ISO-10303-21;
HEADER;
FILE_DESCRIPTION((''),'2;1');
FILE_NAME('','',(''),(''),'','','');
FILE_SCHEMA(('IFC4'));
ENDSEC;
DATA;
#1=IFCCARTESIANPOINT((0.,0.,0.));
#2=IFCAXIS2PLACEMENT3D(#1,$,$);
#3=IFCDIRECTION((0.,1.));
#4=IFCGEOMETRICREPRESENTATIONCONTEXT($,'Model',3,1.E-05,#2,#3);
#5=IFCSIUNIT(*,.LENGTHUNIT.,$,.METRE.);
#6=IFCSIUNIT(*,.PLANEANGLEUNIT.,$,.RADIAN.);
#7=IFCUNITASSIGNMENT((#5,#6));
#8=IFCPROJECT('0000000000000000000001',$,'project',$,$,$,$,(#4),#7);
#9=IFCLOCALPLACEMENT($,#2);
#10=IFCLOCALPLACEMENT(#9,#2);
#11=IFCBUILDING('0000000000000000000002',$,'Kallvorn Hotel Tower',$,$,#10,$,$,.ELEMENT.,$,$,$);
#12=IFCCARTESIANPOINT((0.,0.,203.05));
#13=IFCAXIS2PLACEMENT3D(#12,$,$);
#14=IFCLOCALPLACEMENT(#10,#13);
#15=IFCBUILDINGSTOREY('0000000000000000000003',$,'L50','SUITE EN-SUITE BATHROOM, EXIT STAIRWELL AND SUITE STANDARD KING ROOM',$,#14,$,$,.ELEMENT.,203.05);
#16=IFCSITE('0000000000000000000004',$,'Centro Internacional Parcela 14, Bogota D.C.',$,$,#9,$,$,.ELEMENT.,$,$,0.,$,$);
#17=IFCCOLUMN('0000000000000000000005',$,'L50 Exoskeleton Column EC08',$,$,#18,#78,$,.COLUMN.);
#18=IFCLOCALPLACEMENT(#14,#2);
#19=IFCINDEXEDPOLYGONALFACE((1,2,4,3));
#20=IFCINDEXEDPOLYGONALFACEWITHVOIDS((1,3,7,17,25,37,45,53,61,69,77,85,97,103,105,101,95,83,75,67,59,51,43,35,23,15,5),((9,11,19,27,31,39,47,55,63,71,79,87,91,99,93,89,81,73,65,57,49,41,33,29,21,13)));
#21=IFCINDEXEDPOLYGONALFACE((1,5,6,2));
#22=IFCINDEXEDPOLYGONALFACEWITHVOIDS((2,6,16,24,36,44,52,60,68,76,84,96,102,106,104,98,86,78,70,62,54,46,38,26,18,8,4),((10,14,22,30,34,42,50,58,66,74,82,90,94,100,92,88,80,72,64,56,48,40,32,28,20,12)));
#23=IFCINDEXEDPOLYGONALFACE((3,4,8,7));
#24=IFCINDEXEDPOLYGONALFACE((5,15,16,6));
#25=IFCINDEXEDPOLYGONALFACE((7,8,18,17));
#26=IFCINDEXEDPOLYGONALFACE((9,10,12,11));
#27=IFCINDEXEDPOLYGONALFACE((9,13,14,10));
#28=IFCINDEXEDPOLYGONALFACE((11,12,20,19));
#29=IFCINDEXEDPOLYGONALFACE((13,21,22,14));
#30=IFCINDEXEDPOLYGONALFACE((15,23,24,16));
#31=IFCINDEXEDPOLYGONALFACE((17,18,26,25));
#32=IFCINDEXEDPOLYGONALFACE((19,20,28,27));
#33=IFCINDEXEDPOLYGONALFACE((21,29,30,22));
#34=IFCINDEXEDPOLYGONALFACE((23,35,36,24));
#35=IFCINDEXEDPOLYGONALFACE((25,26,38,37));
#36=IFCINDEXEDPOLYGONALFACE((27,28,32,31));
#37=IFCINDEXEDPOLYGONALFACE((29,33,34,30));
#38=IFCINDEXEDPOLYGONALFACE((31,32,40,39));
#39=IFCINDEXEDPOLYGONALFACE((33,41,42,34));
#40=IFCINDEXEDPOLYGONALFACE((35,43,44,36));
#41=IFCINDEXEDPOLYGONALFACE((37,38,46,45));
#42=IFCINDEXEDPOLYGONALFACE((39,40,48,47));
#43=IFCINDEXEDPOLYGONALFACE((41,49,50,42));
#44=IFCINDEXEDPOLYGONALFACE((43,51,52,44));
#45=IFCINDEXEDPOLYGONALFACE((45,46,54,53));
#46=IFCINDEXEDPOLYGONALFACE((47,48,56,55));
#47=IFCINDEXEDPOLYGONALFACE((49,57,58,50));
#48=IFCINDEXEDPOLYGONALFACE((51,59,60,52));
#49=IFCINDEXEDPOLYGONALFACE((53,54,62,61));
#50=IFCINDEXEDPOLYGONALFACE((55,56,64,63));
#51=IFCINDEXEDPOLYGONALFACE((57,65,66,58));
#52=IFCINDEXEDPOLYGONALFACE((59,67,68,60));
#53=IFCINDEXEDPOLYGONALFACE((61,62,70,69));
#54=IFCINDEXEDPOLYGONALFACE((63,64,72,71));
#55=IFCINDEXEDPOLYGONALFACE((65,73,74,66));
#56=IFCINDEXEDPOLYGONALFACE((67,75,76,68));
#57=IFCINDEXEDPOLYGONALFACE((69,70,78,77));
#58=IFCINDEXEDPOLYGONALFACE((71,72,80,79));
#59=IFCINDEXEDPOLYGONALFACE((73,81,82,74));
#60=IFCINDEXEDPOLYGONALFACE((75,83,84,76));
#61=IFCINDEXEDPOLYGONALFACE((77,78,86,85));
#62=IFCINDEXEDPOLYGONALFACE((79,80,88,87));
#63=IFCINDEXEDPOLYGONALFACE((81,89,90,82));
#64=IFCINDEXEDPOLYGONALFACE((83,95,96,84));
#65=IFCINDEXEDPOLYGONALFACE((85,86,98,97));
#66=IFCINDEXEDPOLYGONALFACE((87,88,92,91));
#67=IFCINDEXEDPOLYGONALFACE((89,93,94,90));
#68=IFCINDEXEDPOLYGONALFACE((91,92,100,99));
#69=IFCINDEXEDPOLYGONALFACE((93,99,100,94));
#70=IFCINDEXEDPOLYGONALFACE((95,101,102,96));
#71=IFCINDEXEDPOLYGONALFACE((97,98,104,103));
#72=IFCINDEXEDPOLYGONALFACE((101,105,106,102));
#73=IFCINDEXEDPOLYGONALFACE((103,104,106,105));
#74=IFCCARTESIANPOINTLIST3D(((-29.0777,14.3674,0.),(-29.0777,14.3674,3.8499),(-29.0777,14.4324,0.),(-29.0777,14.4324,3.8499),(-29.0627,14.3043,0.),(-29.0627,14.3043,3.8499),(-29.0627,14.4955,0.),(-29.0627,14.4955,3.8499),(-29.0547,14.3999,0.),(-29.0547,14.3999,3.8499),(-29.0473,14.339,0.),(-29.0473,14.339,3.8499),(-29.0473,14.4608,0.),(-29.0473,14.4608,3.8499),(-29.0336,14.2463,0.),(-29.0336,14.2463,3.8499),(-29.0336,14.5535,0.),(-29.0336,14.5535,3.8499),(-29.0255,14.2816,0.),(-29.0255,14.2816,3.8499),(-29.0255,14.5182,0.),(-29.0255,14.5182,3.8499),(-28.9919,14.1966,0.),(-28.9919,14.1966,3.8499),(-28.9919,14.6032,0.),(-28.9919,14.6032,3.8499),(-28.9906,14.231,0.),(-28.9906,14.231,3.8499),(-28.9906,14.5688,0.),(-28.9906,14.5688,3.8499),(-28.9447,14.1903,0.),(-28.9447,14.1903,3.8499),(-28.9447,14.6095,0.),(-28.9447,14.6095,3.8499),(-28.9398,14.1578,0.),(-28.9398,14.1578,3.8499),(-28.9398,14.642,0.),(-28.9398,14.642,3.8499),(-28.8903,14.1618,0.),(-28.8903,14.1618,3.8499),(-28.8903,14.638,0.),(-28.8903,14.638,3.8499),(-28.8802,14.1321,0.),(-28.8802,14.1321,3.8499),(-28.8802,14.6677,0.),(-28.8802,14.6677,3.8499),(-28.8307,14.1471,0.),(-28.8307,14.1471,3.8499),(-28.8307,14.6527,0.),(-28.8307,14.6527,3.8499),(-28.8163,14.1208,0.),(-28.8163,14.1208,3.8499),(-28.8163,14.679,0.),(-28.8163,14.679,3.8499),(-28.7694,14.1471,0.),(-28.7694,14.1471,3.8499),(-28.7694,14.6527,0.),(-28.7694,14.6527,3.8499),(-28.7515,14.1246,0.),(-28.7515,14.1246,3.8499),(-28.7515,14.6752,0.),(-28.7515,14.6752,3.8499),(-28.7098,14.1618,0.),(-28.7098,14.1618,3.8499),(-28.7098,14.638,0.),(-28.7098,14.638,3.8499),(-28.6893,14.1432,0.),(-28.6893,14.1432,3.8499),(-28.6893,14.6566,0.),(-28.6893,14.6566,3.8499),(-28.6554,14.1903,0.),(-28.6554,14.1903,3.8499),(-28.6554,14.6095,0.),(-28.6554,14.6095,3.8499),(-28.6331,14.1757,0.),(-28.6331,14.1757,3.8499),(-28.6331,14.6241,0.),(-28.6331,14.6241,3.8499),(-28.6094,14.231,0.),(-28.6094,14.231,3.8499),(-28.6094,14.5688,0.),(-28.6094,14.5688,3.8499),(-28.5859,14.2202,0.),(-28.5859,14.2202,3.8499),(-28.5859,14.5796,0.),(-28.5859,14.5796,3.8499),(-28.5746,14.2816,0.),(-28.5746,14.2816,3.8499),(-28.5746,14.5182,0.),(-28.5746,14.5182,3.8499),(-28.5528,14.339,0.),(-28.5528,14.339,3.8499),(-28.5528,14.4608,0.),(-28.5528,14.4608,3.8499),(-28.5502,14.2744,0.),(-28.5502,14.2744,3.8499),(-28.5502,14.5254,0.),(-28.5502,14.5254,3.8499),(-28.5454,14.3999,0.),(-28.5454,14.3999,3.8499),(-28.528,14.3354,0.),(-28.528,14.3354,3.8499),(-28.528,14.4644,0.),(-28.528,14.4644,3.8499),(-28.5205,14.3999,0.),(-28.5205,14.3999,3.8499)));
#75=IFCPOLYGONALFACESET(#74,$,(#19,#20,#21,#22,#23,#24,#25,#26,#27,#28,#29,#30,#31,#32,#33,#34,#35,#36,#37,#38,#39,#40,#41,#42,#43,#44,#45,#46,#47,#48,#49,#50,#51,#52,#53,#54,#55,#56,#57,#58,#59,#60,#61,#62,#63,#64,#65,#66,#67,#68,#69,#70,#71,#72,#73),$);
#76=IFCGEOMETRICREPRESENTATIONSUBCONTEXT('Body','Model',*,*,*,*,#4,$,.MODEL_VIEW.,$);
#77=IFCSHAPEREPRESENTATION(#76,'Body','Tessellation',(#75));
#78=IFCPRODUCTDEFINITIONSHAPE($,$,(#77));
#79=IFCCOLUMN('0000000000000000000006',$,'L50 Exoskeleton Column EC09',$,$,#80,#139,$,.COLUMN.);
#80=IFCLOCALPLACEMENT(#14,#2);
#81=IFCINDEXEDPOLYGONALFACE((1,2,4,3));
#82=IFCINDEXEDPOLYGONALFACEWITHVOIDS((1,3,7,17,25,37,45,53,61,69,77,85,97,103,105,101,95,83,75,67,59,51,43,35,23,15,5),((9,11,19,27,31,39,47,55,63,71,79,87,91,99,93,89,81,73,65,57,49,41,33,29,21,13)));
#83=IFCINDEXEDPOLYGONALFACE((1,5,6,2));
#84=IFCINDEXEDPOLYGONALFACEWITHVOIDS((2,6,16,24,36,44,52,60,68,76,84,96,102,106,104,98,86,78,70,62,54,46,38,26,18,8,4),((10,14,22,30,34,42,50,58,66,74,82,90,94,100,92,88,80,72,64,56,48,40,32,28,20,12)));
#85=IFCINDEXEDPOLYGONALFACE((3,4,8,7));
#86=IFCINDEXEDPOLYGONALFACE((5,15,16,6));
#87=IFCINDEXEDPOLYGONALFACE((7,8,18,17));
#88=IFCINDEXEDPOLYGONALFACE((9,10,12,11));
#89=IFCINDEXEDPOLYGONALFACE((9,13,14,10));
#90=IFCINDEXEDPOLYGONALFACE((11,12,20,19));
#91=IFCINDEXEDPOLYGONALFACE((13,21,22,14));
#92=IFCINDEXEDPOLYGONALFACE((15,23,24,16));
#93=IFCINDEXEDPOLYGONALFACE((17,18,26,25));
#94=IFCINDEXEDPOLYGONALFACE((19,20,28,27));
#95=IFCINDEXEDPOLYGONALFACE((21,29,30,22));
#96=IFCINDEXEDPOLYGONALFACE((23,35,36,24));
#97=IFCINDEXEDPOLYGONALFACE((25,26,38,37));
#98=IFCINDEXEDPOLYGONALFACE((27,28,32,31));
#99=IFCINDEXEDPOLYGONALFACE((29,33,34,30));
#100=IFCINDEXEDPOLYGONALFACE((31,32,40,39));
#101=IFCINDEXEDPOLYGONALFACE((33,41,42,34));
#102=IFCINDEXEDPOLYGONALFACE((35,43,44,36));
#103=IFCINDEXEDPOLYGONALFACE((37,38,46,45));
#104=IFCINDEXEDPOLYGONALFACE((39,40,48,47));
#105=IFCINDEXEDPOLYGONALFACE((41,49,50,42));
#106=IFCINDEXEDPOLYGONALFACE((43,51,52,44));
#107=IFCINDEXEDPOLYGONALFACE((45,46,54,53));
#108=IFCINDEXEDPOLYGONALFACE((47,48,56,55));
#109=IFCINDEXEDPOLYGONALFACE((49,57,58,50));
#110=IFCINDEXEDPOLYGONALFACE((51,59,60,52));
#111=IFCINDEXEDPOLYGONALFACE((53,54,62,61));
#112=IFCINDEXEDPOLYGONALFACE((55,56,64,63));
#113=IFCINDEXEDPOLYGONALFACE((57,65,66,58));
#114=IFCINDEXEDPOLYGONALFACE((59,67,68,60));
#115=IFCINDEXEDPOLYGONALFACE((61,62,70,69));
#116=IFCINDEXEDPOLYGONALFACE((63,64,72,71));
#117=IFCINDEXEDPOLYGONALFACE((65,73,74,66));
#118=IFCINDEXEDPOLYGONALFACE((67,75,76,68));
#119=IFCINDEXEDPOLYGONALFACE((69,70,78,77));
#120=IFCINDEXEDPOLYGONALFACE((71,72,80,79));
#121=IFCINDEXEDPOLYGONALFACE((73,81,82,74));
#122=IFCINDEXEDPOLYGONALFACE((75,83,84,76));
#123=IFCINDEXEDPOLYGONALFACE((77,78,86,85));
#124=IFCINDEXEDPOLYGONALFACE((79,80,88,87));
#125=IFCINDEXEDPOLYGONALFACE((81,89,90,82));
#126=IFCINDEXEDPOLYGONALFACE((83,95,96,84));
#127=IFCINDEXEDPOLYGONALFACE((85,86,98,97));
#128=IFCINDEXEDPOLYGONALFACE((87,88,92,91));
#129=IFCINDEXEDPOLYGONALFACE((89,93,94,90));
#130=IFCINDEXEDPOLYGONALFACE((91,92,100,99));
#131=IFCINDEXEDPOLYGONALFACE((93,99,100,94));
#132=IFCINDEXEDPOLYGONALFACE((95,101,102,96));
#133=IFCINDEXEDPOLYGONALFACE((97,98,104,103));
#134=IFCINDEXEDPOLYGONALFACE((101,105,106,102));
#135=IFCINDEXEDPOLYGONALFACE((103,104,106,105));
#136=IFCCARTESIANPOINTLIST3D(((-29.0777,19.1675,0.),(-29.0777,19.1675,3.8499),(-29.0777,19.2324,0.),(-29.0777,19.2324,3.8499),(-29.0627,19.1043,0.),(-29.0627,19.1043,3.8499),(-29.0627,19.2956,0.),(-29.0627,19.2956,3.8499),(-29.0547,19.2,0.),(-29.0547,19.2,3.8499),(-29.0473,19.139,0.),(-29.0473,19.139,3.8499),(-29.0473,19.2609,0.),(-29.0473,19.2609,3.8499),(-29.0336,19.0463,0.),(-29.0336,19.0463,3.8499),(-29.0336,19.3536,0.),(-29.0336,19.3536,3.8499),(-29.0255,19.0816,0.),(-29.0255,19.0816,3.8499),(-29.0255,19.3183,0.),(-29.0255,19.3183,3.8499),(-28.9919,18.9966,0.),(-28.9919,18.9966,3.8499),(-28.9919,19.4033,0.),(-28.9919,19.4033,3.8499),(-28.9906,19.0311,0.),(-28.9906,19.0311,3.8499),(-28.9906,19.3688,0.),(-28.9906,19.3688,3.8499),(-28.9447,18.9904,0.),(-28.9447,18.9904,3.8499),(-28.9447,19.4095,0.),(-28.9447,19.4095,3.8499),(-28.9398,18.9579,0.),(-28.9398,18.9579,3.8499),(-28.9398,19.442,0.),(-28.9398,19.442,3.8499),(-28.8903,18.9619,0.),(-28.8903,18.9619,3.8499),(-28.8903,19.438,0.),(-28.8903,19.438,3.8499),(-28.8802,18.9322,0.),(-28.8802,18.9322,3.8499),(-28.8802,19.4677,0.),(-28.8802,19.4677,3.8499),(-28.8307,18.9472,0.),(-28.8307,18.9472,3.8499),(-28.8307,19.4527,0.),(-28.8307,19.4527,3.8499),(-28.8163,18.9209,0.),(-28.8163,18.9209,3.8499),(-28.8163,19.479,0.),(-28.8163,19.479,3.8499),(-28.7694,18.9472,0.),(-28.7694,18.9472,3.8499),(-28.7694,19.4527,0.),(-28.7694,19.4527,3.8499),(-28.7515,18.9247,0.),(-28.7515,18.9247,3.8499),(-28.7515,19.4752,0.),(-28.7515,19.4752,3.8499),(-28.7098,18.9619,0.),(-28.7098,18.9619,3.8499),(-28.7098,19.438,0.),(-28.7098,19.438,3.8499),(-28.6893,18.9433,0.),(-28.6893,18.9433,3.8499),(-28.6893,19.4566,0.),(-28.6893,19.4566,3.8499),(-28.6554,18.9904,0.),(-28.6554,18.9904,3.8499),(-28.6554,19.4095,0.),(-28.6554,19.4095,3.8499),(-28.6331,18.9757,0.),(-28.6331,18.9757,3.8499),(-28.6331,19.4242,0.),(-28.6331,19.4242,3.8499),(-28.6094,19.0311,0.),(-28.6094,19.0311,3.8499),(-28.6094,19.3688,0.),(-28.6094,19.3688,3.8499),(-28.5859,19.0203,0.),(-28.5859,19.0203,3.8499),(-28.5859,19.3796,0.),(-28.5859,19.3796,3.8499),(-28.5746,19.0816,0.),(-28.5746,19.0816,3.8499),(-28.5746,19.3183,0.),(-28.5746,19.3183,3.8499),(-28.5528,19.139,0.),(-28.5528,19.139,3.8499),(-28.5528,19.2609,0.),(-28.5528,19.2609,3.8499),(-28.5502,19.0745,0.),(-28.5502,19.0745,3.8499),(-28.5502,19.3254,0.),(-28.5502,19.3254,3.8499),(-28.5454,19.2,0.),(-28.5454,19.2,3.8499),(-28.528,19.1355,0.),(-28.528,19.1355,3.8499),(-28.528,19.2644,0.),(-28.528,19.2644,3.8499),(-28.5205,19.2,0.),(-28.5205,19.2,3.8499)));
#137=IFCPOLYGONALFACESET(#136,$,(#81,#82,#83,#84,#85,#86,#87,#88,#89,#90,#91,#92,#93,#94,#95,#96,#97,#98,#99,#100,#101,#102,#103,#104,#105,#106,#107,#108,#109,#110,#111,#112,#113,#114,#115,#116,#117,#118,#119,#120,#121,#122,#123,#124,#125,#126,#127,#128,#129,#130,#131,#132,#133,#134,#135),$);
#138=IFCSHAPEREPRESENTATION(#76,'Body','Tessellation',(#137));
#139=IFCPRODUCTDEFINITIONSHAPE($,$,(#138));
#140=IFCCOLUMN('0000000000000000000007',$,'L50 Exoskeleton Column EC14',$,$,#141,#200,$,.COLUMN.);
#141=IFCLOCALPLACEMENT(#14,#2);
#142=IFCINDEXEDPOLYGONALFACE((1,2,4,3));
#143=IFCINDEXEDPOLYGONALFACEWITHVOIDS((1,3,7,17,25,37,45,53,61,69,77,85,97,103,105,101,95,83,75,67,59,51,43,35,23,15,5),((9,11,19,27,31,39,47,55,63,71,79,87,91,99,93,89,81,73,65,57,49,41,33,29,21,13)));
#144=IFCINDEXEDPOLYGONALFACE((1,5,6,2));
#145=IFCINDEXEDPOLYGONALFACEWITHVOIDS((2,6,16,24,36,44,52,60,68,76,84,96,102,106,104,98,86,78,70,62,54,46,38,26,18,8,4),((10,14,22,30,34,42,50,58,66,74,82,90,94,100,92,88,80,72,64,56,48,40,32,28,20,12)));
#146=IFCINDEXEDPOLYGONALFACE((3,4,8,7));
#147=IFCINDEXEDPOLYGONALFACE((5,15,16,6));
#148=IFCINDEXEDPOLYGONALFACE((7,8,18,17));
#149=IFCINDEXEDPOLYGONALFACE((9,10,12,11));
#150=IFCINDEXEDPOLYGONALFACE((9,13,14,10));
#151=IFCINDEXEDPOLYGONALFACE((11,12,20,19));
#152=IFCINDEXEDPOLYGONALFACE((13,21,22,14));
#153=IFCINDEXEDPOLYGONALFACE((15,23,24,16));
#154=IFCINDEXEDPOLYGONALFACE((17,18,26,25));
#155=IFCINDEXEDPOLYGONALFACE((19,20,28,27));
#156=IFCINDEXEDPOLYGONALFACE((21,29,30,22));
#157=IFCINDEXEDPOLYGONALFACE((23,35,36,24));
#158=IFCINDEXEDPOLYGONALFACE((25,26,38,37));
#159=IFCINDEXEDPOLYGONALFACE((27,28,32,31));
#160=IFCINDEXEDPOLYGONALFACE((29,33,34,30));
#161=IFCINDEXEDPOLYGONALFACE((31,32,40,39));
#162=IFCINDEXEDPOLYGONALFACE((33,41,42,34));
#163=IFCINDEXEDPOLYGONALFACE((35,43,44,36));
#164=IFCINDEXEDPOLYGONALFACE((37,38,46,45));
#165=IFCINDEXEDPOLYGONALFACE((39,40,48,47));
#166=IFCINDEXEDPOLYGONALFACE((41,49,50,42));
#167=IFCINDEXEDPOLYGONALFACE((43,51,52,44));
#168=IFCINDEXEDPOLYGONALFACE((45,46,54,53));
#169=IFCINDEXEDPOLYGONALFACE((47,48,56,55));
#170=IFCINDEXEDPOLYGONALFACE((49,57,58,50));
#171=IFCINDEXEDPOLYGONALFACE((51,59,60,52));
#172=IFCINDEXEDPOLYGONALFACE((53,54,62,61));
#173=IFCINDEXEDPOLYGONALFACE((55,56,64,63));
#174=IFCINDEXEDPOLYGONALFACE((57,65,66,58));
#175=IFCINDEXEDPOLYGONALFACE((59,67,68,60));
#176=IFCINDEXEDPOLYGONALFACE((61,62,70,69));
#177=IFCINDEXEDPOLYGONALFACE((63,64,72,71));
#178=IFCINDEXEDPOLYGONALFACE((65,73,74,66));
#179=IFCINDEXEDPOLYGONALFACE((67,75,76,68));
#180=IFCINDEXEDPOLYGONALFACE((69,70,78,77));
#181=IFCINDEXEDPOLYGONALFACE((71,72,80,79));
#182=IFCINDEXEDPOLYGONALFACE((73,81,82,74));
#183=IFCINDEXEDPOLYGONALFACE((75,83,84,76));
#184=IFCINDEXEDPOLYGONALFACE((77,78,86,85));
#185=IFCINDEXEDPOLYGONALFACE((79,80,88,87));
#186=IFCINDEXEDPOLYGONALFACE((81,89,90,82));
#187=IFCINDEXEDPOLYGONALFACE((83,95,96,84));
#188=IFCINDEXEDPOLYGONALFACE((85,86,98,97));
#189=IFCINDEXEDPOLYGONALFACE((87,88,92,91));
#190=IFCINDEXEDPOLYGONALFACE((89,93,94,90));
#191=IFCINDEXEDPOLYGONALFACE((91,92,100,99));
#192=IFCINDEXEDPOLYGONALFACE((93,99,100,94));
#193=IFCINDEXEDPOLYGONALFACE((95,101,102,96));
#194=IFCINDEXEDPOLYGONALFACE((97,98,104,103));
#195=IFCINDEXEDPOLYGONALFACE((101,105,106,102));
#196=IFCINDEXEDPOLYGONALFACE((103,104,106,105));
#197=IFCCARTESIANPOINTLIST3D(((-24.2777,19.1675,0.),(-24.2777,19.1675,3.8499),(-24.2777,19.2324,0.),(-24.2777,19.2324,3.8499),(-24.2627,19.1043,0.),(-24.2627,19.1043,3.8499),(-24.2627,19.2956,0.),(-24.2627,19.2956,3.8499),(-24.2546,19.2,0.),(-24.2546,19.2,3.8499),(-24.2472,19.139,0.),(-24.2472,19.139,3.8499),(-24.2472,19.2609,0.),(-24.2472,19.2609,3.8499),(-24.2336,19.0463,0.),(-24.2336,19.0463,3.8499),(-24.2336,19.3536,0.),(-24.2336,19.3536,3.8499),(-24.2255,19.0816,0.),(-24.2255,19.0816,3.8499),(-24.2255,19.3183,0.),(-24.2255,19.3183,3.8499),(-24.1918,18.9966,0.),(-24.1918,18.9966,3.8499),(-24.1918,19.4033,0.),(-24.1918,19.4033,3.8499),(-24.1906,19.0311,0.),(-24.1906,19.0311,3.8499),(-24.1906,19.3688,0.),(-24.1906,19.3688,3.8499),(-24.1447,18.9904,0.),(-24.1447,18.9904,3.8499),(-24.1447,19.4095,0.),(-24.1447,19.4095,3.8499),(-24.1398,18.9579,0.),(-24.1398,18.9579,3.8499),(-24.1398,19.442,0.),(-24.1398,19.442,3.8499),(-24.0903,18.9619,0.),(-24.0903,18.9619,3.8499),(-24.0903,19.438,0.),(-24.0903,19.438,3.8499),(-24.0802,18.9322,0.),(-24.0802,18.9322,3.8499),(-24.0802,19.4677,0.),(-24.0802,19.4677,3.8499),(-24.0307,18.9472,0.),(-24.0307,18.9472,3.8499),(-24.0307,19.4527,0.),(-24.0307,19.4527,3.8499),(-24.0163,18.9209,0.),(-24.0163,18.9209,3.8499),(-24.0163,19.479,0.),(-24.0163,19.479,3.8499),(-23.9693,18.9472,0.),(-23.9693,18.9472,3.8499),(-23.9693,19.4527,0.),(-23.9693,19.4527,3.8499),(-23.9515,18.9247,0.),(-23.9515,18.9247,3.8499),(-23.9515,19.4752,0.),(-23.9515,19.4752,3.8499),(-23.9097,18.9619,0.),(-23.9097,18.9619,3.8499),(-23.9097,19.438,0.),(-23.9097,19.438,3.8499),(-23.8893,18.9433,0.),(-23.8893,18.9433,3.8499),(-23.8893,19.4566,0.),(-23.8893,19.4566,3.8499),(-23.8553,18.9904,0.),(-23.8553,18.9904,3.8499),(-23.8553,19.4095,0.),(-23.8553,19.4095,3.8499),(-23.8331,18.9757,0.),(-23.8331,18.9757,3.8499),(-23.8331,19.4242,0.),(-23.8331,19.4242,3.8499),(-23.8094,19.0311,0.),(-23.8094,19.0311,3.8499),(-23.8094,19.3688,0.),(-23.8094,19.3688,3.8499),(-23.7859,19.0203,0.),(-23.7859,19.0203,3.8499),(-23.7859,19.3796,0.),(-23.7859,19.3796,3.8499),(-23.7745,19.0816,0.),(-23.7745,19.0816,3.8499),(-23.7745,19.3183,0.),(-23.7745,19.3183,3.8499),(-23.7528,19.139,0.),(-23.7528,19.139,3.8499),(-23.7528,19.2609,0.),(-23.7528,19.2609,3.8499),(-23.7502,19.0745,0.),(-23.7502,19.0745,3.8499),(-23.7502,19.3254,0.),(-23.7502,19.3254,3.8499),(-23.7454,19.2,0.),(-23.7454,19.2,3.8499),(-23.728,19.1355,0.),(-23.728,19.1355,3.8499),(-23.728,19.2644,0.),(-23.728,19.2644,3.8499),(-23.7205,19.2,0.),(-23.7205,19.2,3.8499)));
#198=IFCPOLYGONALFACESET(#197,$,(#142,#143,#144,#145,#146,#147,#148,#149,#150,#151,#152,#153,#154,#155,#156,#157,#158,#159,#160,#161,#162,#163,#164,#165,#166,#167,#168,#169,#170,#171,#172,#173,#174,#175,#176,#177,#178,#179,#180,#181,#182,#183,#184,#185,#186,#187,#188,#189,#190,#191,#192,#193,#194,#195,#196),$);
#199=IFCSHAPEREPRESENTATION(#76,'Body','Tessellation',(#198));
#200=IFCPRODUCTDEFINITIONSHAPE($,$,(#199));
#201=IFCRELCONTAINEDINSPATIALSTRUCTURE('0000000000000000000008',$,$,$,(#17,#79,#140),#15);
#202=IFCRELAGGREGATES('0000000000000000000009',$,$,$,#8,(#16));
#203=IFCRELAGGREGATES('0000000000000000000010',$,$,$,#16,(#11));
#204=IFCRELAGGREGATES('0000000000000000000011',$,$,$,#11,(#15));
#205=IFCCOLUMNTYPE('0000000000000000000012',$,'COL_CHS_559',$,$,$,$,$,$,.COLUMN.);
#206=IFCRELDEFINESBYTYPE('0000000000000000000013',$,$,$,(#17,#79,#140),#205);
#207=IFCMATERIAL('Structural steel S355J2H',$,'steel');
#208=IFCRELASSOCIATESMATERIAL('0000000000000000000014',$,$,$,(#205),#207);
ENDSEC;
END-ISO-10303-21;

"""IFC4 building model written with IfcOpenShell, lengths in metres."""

from ifc_helpers import new_model, si_unit, direction, frame, origin, origin_2d, place, context, subcontext, project, spatial, hollow_circle, extrude, material, material_profile, profile_set, type_object, element, save


model = new_model("IFC4")

# Units and contexts
model_context = context("Model", 3, precision=1e-05, world=origin(), true_north=direction((0.0, 1.0)))
body_context = subcontext(model_context, "Body", "Model", "MODEL_VIEW")
ifc_project = project(units=[si_unit("LENGTHUNIT", "METRE"), si_unit("PLANEANGLEUNIT", "RADIAN")], contexts=[model_context])

# Site, building, storey
site_placement = place(None, origin())
site = spatial("IfcSite", under=ifc_project, at=site_placement, Name="Centro Internacional Parcela 14, Bogota D.C.", CompositionType="ELEMENT", RefElevation=0.0)
building_placement = place(site_placement, origin())
building = spatial("IfcBuilding", under=site, at=building_placement, Name="Kallvorn Hotel Tower", CompositionType="ELEMENT")
storey_placement = place(building_placement, frame((0.0, 0.0, 203.05)))
storey = spatial("IfcBuildingStorey", under=building, at=storey_placement, Name="L50", Description="SUITE EN-SUITE BATHROOM, EXIT STAIRWELL AND SUITE STANDARD KING ROOM", CompositionType="ELEMENT", Elevation=203.05)

# Columns
ifc_material_1 = material(Name="Structural steel S355J2H", Category="steel")
ifc_material_profile_1 = material_profile(ifc_material_1, hollow_circle(Radius=0.2795, WallThickness=0.0249, at=origin_2d()), Name="CHS 559x25")
ifc_profile_set_1 = profile_set([ifc_material_profile_1], Name="Structural steel S355J2H")
column_type_1 = type_object("IfcColumnType", Name="COL_CHS_559", PredefinedType="COLUMN", material=ifc_profile_set_1)
for number, where, z_axis, x_axis, name in (
    (1, (-28.8, 14.3999, 0.0), (0.0, 0.0, 1.0), (1.0, 0.0, 0.0), "L50 Exoskeleton Column EC08"),
    (2, (-28.8, 19.2, 0.0), (0.0, 0.0, 1.0), (1.0, 0.0, 0.0), "L50 Exoskeleton Column EC09"),
    (3, (-24.0, 19.2, 0.0), (0.0, 0.0, 1.0), (1.0, 0.0, 0.0), "L50 Exoskeleton Column EC14"),
):
    element("IfcColumn", number, at=place(storey_placement, frame(where, z_axis=z_axis, x_axis=x_axis)), inside=storey, type_object=column_type_1, Name=name, PredefinedType="COLUMN", context=body_context, shape_type="SweptSolid", body=[
        extrude(hollow_circle(Radius=0.2795, WallThickness=0.0249, at=origin_2d()), origin(), (0.0, 0.0, 1.0), 3.8499),
    ])

save(model, "model.ifc")
